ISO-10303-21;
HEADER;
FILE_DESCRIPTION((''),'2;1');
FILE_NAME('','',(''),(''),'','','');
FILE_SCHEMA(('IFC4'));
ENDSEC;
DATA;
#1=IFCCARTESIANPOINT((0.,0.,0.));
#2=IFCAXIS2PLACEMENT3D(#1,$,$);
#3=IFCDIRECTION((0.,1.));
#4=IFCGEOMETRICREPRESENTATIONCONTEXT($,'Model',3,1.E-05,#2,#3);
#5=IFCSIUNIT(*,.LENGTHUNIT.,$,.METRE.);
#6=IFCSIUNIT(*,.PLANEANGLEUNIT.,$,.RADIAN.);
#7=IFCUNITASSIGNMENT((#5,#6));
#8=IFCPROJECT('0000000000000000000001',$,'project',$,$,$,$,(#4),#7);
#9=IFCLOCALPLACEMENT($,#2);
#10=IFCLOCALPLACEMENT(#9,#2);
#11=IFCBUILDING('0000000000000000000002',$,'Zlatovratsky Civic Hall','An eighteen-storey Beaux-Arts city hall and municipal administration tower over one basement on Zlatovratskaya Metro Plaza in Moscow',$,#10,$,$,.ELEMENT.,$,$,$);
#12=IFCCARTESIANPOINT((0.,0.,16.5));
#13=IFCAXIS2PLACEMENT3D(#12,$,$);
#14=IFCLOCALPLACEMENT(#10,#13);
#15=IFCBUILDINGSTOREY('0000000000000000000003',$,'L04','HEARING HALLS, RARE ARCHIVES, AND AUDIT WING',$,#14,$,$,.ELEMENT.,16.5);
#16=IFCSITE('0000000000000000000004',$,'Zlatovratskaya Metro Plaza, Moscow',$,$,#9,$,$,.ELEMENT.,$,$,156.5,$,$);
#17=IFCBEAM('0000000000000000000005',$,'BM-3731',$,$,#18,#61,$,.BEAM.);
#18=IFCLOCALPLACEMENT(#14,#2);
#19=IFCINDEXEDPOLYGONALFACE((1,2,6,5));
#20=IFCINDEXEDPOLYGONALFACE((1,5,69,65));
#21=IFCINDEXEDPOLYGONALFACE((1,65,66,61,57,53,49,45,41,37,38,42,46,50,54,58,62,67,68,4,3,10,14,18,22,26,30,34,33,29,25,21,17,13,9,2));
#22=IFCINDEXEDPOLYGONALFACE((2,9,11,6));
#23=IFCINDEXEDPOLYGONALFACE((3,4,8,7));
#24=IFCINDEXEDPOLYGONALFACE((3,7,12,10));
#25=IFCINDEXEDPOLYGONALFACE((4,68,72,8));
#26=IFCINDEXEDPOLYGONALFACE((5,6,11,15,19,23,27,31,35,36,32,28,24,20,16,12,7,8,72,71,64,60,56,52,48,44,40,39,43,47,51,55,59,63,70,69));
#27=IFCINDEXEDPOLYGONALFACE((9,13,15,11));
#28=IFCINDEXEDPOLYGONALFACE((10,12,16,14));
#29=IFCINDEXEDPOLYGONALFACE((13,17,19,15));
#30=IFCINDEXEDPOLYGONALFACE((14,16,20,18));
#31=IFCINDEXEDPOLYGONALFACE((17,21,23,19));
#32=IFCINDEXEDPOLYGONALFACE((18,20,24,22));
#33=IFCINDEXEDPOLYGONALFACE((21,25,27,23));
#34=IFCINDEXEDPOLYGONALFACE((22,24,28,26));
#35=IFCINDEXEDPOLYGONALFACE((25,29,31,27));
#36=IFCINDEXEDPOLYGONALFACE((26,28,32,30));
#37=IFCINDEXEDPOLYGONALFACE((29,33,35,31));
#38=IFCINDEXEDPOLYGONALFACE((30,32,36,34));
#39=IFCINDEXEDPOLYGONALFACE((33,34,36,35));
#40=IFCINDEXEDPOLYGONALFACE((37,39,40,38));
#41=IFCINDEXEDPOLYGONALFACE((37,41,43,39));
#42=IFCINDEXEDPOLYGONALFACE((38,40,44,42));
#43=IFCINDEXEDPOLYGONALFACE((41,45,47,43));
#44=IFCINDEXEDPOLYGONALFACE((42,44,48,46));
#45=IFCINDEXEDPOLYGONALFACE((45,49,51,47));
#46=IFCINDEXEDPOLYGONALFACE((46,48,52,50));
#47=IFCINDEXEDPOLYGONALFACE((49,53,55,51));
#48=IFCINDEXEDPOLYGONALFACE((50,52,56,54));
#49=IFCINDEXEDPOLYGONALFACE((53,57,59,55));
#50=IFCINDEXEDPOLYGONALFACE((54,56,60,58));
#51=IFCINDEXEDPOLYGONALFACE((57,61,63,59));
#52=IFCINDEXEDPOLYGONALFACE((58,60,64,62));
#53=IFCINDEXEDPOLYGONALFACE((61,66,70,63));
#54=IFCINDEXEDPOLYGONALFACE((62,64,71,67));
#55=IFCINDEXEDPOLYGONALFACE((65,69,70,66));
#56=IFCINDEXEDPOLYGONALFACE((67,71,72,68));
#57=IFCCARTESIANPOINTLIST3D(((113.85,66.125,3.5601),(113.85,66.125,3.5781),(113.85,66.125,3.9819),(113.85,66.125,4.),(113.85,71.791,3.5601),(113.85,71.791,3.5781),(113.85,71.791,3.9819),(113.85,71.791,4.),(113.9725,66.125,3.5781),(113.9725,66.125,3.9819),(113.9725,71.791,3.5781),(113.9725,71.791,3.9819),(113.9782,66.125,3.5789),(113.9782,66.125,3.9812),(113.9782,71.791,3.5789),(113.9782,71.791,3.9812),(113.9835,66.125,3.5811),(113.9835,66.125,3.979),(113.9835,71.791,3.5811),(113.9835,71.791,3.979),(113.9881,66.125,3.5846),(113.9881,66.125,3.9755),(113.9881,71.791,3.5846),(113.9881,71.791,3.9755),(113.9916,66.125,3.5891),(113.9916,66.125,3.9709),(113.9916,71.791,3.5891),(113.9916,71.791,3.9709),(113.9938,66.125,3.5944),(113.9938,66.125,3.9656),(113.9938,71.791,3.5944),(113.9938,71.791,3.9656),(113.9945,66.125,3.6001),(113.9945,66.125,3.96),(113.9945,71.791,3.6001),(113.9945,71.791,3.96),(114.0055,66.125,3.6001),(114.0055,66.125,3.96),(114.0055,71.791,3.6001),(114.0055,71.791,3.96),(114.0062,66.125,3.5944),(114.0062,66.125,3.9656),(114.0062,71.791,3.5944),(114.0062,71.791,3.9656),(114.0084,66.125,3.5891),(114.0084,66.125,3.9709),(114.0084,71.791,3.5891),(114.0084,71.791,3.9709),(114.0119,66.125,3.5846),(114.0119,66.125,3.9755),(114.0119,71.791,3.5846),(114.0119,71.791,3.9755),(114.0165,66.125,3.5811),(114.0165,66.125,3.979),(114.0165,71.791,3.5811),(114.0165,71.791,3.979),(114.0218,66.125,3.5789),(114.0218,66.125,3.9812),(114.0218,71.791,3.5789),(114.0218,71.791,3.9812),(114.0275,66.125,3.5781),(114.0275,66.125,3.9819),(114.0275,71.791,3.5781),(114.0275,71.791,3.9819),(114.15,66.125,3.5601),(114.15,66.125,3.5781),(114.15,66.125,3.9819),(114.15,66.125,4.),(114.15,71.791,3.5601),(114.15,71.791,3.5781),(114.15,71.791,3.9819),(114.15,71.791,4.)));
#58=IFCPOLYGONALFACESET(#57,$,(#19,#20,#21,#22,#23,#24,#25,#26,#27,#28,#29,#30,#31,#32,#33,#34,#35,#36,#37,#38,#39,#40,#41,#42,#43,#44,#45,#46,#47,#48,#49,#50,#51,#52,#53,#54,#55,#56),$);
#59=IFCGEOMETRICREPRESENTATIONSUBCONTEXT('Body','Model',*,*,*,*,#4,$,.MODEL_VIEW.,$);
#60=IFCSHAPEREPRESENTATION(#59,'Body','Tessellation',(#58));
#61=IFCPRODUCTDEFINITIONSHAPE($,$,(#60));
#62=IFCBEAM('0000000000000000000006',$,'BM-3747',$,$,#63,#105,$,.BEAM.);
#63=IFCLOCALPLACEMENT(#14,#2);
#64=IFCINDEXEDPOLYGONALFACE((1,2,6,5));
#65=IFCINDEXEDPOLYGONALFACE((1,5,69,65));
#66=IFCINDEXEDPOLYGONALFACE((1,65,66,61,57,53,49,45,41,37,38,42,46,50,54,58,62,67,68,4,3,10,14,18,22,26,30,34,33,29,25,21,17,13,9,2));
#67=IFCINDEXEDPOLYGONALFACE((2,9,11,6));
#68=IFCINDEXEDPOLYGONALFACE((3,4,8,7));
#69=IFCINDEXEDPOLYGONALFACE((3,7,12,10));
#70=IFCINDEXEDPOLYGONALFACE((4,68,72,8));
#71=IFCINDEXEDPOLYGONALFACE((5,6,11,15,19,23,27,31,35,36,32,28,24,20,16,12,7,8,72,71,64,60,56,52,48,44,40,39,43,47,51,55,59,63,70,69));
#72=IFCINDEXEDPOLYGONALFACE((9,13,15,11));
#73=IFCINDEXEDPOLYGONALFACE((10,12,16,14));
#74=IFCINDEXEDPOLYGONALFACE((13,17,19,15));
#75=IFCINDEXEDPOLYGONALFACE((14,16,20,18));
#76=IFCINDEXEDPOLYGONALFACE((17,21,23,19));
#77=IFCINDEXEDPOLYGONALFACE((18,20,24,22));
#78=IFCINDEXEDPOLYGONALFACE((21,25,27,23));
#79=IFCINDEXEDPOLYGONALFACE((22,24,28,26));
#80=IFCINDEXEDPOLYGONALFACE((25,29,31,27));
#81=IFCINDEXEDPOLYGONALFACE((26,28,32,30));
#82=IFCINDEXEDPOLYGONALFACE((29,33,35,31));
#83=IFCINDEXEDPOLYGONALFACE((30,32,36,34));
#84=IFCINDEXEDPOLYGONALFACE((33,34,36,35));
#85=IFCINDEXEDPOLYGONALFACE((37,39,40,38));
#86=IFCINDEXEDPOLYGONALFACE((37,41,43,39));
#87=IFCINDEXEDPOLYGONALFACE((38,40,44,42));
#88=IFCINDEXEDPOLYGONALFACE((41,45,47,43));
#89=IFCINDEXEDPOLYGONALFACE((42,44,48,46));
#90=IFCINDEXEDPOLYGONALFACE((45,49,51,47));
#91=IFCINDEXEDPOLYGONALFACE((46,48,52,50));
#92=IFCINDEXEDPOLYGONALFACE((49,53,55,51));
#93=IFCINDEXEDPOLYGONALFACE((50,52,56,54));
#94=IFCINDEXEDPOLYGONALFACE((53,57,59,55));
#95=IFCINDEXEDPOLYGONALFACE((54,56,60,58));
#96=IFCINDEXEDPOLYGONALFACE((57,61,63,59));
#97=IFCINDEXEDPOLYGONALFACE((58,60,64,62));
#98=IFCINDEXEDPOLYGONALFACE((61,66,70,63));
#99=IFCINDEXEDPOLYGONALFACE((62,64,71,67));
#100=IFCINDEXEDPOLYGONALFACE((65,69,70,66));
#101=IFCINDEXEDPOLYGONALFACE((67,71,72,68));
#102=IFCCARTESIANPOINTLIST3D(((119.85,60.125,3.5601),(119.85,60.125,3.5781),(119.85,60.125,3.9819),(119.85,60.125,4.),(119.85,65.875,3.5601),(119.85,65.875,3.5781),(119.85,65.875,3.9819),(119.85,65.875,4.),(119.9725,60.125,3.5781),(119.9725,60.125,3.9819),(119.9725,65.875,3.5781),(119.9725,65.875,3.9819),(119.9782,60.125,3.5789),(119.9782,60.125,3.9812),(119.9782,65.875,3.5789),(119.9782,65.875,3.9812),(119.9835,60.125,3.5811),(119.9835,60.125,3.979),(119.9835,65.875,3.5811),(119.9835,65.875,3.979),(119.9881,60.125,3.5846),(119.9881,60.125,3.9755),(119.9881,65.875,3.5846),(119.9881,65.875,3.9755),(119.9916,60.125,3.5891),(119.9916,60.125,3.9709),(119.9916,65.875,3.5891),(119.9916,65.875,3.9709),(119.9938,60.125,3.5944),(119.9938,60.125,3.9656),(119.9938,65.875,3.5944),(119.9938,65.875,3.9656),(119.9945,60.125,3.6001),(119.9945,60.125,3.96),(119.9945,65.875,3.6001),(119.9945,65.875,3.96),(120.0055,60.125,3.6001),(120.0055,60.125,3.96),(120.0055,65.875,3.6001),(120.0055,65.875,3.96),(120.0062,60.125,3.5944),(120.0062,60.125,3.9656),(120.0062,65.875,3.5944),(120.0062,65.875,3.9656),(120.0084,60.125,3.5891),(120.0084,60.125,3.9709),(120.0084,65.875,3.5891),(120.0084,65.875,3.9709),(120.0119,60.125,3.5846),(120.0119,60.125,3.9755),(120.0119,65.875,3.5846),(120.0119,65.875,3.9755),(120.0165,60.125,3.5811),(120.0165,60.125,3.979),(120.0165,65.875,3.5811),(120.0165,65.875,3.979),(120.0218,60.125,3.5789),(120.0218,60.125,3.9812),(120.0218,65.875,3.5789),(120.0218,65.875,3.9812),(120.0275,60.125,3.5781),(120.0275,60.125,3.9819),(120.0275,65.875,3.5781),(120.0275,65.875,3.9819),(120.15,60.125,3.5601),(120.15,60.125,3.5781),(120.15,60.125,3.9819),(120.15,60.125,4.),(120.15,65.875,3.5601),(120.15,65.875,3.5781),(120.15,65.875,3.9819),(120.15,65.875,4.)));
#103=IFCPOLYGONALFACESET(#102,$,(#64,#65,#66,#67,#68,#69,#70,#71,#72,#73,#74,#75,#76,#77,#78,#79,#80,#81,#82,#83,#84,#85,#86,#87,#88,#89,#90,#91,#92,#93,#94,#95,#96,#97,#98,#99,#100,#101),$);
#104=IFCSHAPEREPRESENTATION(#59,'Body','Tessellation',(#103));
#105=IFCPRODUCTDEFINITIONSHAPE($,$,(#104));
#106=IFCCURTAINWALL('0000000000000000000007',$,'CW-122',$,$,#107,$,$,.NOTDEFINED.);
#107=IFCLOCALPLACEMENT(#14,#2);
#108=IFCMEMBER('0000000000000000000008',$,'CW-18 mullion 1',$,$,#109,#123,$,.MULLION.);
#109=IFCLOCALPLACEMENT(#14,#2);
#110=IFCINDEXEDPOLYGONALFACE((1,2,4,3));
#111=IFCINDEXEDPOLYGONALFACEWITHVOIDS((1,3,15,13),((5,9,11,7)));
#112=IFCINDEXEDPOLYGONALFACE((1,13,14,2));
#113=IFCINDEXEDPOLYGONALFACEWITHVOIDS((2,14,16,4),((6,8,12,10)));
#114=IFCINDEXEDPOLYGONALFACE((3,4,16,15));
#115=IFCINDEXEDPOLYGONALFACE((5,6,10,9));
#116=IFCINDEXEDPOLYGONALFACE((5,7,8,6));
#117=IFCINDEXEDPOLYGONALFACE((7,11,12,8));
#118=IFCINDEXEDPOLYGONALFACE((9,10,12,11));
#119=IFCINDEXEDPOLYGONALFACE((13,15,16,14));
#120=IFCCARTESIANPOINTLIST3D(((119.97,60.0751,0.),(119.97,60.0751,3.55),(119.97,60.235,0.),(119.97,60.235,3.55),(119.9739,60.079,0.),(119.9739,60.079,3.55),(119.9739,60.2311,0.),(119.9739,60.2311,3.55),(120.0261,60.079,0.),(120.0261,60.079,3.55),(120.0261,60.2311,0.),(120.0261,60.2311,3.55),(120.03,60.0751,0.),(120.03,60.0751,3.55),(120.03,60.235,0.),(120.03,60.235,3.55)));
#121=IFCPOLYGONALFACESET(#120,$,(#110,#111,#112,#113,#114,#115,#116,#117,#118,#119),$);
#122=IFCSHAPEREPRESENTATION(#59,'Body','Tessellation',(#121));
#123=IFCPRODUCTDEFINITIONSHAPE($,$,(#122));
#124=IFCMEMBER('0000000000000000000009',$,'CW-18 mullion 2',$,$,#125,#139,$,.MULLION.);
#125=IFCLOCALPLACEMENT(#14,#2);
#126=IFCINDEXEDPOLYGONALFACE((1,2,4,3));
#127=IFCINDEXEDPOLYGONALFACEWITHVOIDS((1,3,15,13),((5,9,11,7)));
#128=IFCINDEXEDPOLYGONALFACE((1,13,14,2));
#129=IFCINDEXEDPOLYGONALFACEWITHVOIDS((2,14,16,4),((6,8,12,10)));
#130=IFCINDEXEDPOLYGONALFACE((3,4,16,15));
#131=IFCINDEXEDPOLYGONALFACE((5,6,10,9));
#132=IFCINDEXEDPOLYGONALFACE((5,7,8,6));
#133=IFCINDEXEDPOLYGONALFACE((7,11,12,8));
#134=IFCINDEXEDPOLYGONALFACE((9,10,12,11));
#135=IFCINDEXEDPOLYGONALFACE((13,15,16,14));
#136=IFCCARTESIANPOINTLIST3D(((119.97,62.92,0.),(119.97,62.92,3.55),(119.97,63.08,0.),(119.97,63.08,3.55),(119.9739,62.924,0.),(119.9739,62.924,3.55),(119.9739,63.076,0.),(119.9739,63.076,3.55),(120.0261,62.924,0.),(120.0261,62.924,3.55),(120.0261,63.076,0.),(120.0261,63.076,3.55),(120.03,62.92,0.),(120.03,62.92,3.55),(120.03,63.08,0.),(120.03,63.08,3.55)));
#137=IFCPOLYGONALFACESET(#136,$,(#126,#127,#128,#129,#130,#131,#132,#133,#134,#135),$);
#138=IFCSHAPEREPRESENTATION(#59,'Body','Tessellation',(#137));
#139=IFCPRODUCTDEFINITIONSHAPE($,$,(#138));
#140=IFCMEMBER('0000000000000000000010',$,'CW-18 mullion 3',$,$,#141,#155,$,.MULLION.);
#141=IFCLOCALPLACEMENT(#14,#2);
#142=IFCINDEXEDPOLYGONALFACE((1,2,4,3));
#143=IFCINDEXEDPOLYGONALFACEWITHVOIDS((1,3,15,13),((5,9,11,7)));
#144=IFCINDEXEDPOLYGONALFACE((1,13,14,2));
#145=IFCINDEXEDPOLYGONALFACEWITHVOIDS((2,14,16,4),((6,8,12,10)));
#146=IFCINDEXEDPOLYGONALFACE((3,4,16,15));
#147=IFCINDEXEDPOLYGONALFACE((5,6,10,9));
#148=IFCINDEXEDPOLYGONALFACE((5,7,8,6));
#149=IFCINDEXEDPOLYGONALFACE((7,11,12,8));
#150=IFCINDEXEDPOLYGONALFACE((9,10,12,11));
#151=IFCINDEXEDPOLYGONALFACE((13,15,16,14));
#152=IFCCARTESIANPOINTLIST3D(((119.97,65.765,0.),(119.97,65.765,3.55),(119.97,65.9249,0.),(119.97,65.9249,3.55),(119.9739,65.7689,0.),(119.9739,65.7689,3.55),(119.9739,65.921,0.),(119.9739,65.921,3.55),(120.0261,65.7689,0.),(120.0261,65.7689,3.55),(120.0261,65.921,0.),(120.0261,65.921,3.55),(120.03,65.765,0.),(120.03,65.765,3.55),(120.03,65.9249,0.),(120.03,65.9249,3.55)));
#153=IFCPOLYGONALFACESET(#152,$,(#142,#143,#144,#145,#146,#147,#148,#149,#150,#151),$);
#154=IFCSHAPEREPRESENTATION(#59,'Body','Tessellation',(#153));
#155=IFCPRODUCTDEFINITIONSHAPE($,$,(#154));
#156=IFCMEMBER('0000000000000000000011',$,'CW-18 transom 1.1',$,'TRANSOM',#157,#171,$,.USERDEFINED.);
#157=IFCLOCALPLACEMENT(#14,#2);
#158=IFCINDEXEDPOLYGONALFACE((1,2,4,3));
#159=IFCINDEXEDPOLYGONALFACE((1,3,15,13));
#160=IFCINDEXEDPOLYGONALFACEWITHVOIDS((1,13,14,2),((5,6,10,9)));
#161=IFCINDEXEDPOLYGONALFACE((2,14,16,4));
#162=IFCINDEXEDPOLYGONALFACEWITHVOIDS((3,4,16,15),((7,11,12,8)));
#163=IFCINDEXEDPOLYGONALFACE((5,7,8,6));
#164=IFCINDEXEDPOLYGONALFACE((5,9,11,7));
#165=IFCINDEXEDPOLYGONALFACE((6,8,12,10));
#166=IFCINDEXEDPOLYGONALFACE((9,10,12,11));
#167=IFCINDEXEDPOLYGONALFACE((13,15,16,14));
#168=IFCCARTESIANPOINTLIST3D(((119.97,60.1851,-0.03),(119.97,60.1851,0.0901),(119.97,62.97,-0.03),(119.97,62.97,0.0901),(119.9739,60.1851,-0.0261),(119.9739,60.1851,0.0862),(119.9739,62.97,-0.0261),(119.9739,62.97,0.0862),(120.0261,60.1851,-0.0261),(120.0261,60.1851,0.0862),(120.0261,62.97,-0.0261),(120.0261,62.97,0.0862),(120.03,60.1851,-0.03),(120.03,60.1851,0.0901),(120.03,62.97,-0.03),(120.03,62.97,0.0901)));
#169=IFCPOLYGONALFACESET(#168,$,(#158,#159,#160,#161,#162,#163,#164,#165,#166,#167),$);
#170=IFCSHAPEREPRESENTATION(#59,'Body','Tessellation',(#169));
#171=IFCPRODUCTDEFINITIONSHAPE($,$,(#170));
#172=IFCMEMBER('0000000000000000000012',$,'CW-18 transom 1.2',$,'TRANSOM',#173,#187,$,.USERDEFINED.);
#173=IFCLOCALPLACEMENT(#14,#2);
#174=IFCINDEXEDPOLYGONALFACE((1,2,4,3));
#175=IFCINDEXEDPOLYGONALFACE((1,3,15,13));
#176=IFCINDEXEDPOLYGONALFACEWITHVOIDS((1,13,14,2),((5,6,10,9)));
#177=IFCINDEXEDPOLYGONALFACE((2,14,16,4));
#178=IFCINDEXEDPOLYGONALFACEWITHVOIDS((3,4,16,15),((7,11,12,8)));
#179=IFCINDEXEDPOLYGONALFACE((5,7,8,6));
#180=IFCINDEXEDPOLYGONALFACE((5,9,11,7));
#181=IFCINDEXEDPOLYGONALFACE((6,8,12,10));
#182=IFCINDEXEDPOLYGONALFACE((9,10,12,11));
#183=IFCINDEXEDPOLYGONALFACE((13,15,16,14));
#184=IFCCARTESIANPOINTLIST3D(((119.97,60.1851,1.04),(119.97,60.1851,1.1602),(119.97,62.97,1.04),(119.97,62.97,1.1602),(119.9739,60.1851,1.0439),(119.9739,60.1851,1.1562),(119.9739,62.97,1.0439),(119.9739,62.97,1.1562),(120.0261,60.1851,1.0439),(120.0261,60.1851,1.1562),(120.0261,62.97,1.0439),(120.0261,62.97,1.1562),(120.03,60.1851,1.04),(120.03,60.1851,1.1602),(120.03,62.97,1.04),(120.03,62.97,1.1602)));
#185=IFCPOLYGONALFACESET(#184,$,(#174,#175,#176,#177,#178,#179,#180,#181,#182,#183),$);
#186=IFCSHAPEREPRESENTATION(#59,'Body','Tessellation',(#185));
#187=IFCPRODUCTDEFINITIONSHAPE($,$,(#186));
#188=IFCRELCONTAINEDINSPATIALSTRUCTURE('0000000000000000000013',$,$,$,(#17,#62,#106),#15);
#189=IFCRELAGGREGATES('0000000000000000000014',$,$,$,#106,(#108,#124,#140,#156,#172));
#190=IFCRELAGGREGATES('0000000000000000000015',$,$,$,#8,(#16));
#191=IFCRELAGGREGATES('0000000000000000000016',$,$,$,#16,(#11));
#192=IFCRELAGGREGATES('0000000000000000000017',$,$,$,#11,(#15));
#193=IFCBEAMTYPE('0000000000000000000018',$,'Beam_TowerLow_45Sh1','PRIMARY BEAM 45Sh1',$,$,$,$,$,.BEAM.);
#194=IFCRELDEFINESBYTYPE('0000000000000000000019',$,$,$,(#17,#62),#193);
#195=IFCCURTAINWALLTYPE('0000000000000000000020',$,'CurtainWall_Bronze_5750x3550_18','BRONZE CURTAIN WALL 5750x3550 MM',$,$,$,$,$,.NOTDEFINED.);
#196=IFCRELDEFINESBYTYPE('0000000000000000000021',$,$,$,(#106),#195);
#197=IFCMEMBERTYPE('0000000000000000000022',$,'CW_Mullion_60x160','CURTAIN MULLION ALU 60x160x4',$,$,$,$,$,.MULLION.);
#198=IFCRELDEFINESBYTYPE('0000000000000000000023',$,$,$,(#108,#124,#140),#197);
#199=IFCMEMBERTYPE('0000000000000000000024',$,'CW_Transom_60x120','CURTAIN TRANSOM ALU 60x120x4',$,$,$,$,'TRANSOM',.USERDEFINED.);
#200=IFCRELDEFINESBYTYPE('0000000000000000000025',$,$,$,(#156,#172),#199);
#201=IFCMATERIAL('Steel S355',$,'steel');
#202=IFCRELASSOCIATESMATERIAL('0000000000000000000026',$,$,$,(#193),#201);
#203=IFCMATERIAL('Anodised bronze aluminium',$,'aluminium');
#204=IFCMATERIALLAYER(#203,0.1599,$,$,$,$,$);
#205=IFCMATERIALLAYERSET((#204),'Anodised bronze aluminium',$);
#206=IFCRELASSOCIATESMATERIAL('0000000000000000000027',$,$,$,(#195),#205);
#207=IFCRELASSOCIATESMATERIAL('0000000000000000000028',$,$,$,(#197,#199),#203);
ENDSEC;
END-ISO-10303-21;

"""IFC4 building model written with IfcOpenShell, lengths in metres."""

from ifc_helpers import new_model, si_unit, direction, frame, origin, origin_2d, place, context, subcontext, project, spatial, hollow_rectangle, i_section, extrude, material, layer, layer_set, material_profile, profile_set, type_object, element, aggregate, save


model = new_model("IFC4")

# Units and contexts
model_context = context("Model", 3, precision=1e-05, world=origin(), true_north=direction((0.0, 1.0)))
body_context = subcontext(model_context, "Body", "Model", "MODEL_VIEW")
ifc_project = project(units=[si_unit("LENGTHUNIT", "METRE"), si_unit("PLANEANGLEUNIT", "RADIAN")], contexts=[model_context])

# Site, building, storey
site_placement = place(None, origin())
site = spatial("IfcSite", under=ifc_project, at=site_placement, Name="Zlatovratskaya Metro Plaza, Moscow", CompositionType="ELEMENT", RefElevation=156.5)
building_placement = place(site_placement, origin())
building = spatial("IfcBuilding", under=site, at=building_placement, Name="Zlatovratsky Civic Hall", Description="An eighteen-storey Beaux-Arts city hall and municipal administration tower over one basement on Zlatovratskaya Metro Plaza in Moscow", CompositionType="ELEMENT")
storey_placement = place(building_placement, frame((0.0, 0.0, 16.5)))
storey = spatial("IfcBuildingStorey", under=building, at=storey_placement, Name="L04", Description="HEARING HALLS, RARE ARCHIVES, AND AUDIT WING", CompositionType="ELEMENT", Elevation=16.5)

# Shared definitions
ifc_material_1 = material(Name="Steel S355", Category="steel")

# Beams
ifc_material_profile_1 = material_profile(ifc_material_1, i_section(OverallWidth=0.3, OverallDepth=0.4399, WebThickness=0.011, FlangeThickness=0.0181, FilletRadius=0.022, at=origin_2d()), Name="45Sh1")
ifc_profile_set_1 = profile_set([ifc_material_profile_1], Name="Steel S355")
beam_type_1 = type_object("IfcBeamType", Name="Beam_TowerLow_45Sh1", Description="PRIMARY BEAM 45Sh1", PredefinedType="BEAM", material=ifc_profile_set_1)
beam_1_placement = place(storey_placement, frame((114.0, 66.125, 3.78), z_axis=(0.0, 1.0, 0.0), x_axis=(-1.0, 0.0, 0.0)))
element("IfcBeam", 1, at=beam_1_placement, inside=storey, type_object=beam_type_1, Name="BM-3731", PredefinedType="BEAM", context=body_context, shape_type="SweptSolid", body=[
    extrude(i_section(OverallWidth=0.3, OverallDepth=0.4399, WebThickness=0.011, FlangeThickness=0.0181, FilletRadius=0.022, at=origin_2d()), origin(), (0.0, 0.0, 1.0), 5.666),
])
beam_2_placement = place(storey_placement, frame((120.0, 60.125, 3.78), z_axis=(0.0, 1.0, 0.0), x_axis=(-1.0, 0.0, 0.0)))
element("IfcBeam", 2, at=beam_2_placement, inside=storey, type_object=beam_type_1, Name="BM-3747", PredefinedType="BEAM", context=body_context, shape_type="SweptSolid", body=[
    extrude(i_section(OverallWidth=0.3, OverallDepth=0.4399, WebThickness=0.011, FlangeThickness=0.0181, FilletRadius=0.022, at=origin_2d()), origin(), (0.0, 0.0, 1.0), 5.75),
])

# Curtain wall, members
ifc_material_2 = material(Name="Anodised bronze aluminium", Category="aluminium")
ifc_layer_1 = layer(ifc_material_2, 0.1599)
ifc_layer_set_1 = layer_set([ifc_layer_1], Name="Anodised bronze aluminium")
curtain_wall_type = type_object("IfcCurtainWallType", Name="CurtainWall_Bronze_5750x3550_18", Description="BRONZE CURTAIN WALL 5750x3550 MM", PredefinedType="NOTDEFINED", material=ifc_layer_set_1)
curtain_wall_placement = place(storey_placement, origin())
curtain_wall = element("IfcCurtainWall", 3, at=curtain_wall_placement, inside=storey, type_object=curtain_wall_type, Name="CW-122", PredefinedType="NOTDEFINED")
ifc_material_profile_2 = material_profile(ifc_material_2, hollow_rectangle(XDim=0.0601, YDim=0.1599, WallThickness=0.0039, at=origin_2d()), Name="ALU 60x160x4")
ifc_profile_set_2 = profile_set([ifc_material_profile_2], Name="Anodised bronze aluminium")
member_type_1 = type_object("IfcMemberType", Name="CW_Mullion_60x160", Description="CURTAIN MULLION ALU 60x160x4", PredefinedType="MULLION", material=ifc_profile_set_2)
member_1_placement = place(storey_placement, frame((120.0, 60.155, 0.0), z_axis=(0.0, 0.0, 1.0), x_axis=(-1.0, 0.0, 0.0)))
member_1 = element("IfcMember", 4, at=member_1_placement, type_object=member_type_1, Name="CW-18 mullion 1", PredefinedType="MULLION", context=body_context, shape_type="SweptSolid", body=[
    extrude(hollow_rectangle(XDim=0.0601, YDim=0.1599, WallThickness=0.0039, at=origin_2d()), origin(), (0.0, 0.0, 1.0), 3.55),
])
member_2_placement = place(storey_placement, frame((120.0, 63.0, 0.0), z_axis=(0.0, 0.0, 1.0), x_axis=(-1.0, 0.0, 0.0)))
member_2 = element("IfcMember", 5, at=member_2_placement, type_object=member_type_1, Name="CW-18 mullion 2", PredefinedType="MULLION", context=body_context, shape_type="SweptSolid", body=[
    extrude(hollow_rectangle(XDim=0.0601, YDim=0.1599, WallThickness=0.0039, at=origin_2d()), origin(), (0.0, 0.0, 1.0), 3.55),
])
member_3_placement = place(storey_placement, frame((120.0, 65.845, 0.0), z_axis=(0.0, 0.0, 1.0), x_axis=(-1.0, 0.0, 0.0)))
member_3 = element("IfcMember", 6, at=member_3_placement, type_object=member_type_1, Name="CW-18 mullion 3", PredefinedType="MULLION", context=body_context, shape_type="SweptSolid", body=[
    extrude(hollow_rectangle(XDim=0.0601, YDim=0.1599, WallThickness=0.0039, at=origin_2d()), origin(), (0.0, 0.0, 1.0), 3.55),
])
ifc_material_profile_3 = material_profile(ifc_material_2, hollow_rectangle(XDim=0.0601, YDim=0.1201, WallThickness=0.0039, at=origin_2d()), Name="ALU 60x120x4")
ifc_profile_set_3 = profile_set([ifc_material_profile_3], Name="Anodised bronze aluminium")
member_type_2 = type_object("IfcMemberType", Name="CW_Transom_60x120", Description="CURTAIN TRANSOM ALU 60x120x4", ElementType="TRANSOM", PredefinedType="USERDEFINED", material=ifc_profile_set_3)
member_4_placement = place(storey_placement, frame((120.0, 60.1851, 0.03), z_axis=(0.0, 1.0, 0.0), x_axis=(-1.0, 0.0, 0.0)))
member_4 = element("IfcMember", 7, at=member_4_placement, type_object=member_type_2, Name="CW-18 transom 1.1", ObjectType="TRANSOM", PredefinedType="USERDEFINED", context=body_context, shape_type="SweptSolid", body=[
    extrude(hollow_rectangle(XDim=0.0601, YDim=0.1201, WallThickness=0.0039, at=origin_2d()), origin(), (0.0, 0.0, 1.0), 2.7849),
])
member_5_placement = place(storey_placement, frame((120.0, 60.1851, 1.1001), z_axis=(0.0, 1.0, 0.0), x_axis=(-1.0, 0.0, 0.0)))
member_5 = element("IfcMember", 8, at=member_5_placement, type_object=member_type_2, Name="CW-18 transom 1.2", ObjectType="TRANSOM", PredefinedType="USERDEFINED", context=body_context, shape_type="SweptSolid", body=[
    extrude(hollow_rectangle(XDim=0.0601, YDim=0.1201, WallThickness=0.0039, at=origin_2d()), origin(), (0.0, 0.0, 1.0), 2.7849),
])
aggregate(curtain_wall, [member_1, member_2, member_3, member_4, member_5])

save(model, "model.ifc")
